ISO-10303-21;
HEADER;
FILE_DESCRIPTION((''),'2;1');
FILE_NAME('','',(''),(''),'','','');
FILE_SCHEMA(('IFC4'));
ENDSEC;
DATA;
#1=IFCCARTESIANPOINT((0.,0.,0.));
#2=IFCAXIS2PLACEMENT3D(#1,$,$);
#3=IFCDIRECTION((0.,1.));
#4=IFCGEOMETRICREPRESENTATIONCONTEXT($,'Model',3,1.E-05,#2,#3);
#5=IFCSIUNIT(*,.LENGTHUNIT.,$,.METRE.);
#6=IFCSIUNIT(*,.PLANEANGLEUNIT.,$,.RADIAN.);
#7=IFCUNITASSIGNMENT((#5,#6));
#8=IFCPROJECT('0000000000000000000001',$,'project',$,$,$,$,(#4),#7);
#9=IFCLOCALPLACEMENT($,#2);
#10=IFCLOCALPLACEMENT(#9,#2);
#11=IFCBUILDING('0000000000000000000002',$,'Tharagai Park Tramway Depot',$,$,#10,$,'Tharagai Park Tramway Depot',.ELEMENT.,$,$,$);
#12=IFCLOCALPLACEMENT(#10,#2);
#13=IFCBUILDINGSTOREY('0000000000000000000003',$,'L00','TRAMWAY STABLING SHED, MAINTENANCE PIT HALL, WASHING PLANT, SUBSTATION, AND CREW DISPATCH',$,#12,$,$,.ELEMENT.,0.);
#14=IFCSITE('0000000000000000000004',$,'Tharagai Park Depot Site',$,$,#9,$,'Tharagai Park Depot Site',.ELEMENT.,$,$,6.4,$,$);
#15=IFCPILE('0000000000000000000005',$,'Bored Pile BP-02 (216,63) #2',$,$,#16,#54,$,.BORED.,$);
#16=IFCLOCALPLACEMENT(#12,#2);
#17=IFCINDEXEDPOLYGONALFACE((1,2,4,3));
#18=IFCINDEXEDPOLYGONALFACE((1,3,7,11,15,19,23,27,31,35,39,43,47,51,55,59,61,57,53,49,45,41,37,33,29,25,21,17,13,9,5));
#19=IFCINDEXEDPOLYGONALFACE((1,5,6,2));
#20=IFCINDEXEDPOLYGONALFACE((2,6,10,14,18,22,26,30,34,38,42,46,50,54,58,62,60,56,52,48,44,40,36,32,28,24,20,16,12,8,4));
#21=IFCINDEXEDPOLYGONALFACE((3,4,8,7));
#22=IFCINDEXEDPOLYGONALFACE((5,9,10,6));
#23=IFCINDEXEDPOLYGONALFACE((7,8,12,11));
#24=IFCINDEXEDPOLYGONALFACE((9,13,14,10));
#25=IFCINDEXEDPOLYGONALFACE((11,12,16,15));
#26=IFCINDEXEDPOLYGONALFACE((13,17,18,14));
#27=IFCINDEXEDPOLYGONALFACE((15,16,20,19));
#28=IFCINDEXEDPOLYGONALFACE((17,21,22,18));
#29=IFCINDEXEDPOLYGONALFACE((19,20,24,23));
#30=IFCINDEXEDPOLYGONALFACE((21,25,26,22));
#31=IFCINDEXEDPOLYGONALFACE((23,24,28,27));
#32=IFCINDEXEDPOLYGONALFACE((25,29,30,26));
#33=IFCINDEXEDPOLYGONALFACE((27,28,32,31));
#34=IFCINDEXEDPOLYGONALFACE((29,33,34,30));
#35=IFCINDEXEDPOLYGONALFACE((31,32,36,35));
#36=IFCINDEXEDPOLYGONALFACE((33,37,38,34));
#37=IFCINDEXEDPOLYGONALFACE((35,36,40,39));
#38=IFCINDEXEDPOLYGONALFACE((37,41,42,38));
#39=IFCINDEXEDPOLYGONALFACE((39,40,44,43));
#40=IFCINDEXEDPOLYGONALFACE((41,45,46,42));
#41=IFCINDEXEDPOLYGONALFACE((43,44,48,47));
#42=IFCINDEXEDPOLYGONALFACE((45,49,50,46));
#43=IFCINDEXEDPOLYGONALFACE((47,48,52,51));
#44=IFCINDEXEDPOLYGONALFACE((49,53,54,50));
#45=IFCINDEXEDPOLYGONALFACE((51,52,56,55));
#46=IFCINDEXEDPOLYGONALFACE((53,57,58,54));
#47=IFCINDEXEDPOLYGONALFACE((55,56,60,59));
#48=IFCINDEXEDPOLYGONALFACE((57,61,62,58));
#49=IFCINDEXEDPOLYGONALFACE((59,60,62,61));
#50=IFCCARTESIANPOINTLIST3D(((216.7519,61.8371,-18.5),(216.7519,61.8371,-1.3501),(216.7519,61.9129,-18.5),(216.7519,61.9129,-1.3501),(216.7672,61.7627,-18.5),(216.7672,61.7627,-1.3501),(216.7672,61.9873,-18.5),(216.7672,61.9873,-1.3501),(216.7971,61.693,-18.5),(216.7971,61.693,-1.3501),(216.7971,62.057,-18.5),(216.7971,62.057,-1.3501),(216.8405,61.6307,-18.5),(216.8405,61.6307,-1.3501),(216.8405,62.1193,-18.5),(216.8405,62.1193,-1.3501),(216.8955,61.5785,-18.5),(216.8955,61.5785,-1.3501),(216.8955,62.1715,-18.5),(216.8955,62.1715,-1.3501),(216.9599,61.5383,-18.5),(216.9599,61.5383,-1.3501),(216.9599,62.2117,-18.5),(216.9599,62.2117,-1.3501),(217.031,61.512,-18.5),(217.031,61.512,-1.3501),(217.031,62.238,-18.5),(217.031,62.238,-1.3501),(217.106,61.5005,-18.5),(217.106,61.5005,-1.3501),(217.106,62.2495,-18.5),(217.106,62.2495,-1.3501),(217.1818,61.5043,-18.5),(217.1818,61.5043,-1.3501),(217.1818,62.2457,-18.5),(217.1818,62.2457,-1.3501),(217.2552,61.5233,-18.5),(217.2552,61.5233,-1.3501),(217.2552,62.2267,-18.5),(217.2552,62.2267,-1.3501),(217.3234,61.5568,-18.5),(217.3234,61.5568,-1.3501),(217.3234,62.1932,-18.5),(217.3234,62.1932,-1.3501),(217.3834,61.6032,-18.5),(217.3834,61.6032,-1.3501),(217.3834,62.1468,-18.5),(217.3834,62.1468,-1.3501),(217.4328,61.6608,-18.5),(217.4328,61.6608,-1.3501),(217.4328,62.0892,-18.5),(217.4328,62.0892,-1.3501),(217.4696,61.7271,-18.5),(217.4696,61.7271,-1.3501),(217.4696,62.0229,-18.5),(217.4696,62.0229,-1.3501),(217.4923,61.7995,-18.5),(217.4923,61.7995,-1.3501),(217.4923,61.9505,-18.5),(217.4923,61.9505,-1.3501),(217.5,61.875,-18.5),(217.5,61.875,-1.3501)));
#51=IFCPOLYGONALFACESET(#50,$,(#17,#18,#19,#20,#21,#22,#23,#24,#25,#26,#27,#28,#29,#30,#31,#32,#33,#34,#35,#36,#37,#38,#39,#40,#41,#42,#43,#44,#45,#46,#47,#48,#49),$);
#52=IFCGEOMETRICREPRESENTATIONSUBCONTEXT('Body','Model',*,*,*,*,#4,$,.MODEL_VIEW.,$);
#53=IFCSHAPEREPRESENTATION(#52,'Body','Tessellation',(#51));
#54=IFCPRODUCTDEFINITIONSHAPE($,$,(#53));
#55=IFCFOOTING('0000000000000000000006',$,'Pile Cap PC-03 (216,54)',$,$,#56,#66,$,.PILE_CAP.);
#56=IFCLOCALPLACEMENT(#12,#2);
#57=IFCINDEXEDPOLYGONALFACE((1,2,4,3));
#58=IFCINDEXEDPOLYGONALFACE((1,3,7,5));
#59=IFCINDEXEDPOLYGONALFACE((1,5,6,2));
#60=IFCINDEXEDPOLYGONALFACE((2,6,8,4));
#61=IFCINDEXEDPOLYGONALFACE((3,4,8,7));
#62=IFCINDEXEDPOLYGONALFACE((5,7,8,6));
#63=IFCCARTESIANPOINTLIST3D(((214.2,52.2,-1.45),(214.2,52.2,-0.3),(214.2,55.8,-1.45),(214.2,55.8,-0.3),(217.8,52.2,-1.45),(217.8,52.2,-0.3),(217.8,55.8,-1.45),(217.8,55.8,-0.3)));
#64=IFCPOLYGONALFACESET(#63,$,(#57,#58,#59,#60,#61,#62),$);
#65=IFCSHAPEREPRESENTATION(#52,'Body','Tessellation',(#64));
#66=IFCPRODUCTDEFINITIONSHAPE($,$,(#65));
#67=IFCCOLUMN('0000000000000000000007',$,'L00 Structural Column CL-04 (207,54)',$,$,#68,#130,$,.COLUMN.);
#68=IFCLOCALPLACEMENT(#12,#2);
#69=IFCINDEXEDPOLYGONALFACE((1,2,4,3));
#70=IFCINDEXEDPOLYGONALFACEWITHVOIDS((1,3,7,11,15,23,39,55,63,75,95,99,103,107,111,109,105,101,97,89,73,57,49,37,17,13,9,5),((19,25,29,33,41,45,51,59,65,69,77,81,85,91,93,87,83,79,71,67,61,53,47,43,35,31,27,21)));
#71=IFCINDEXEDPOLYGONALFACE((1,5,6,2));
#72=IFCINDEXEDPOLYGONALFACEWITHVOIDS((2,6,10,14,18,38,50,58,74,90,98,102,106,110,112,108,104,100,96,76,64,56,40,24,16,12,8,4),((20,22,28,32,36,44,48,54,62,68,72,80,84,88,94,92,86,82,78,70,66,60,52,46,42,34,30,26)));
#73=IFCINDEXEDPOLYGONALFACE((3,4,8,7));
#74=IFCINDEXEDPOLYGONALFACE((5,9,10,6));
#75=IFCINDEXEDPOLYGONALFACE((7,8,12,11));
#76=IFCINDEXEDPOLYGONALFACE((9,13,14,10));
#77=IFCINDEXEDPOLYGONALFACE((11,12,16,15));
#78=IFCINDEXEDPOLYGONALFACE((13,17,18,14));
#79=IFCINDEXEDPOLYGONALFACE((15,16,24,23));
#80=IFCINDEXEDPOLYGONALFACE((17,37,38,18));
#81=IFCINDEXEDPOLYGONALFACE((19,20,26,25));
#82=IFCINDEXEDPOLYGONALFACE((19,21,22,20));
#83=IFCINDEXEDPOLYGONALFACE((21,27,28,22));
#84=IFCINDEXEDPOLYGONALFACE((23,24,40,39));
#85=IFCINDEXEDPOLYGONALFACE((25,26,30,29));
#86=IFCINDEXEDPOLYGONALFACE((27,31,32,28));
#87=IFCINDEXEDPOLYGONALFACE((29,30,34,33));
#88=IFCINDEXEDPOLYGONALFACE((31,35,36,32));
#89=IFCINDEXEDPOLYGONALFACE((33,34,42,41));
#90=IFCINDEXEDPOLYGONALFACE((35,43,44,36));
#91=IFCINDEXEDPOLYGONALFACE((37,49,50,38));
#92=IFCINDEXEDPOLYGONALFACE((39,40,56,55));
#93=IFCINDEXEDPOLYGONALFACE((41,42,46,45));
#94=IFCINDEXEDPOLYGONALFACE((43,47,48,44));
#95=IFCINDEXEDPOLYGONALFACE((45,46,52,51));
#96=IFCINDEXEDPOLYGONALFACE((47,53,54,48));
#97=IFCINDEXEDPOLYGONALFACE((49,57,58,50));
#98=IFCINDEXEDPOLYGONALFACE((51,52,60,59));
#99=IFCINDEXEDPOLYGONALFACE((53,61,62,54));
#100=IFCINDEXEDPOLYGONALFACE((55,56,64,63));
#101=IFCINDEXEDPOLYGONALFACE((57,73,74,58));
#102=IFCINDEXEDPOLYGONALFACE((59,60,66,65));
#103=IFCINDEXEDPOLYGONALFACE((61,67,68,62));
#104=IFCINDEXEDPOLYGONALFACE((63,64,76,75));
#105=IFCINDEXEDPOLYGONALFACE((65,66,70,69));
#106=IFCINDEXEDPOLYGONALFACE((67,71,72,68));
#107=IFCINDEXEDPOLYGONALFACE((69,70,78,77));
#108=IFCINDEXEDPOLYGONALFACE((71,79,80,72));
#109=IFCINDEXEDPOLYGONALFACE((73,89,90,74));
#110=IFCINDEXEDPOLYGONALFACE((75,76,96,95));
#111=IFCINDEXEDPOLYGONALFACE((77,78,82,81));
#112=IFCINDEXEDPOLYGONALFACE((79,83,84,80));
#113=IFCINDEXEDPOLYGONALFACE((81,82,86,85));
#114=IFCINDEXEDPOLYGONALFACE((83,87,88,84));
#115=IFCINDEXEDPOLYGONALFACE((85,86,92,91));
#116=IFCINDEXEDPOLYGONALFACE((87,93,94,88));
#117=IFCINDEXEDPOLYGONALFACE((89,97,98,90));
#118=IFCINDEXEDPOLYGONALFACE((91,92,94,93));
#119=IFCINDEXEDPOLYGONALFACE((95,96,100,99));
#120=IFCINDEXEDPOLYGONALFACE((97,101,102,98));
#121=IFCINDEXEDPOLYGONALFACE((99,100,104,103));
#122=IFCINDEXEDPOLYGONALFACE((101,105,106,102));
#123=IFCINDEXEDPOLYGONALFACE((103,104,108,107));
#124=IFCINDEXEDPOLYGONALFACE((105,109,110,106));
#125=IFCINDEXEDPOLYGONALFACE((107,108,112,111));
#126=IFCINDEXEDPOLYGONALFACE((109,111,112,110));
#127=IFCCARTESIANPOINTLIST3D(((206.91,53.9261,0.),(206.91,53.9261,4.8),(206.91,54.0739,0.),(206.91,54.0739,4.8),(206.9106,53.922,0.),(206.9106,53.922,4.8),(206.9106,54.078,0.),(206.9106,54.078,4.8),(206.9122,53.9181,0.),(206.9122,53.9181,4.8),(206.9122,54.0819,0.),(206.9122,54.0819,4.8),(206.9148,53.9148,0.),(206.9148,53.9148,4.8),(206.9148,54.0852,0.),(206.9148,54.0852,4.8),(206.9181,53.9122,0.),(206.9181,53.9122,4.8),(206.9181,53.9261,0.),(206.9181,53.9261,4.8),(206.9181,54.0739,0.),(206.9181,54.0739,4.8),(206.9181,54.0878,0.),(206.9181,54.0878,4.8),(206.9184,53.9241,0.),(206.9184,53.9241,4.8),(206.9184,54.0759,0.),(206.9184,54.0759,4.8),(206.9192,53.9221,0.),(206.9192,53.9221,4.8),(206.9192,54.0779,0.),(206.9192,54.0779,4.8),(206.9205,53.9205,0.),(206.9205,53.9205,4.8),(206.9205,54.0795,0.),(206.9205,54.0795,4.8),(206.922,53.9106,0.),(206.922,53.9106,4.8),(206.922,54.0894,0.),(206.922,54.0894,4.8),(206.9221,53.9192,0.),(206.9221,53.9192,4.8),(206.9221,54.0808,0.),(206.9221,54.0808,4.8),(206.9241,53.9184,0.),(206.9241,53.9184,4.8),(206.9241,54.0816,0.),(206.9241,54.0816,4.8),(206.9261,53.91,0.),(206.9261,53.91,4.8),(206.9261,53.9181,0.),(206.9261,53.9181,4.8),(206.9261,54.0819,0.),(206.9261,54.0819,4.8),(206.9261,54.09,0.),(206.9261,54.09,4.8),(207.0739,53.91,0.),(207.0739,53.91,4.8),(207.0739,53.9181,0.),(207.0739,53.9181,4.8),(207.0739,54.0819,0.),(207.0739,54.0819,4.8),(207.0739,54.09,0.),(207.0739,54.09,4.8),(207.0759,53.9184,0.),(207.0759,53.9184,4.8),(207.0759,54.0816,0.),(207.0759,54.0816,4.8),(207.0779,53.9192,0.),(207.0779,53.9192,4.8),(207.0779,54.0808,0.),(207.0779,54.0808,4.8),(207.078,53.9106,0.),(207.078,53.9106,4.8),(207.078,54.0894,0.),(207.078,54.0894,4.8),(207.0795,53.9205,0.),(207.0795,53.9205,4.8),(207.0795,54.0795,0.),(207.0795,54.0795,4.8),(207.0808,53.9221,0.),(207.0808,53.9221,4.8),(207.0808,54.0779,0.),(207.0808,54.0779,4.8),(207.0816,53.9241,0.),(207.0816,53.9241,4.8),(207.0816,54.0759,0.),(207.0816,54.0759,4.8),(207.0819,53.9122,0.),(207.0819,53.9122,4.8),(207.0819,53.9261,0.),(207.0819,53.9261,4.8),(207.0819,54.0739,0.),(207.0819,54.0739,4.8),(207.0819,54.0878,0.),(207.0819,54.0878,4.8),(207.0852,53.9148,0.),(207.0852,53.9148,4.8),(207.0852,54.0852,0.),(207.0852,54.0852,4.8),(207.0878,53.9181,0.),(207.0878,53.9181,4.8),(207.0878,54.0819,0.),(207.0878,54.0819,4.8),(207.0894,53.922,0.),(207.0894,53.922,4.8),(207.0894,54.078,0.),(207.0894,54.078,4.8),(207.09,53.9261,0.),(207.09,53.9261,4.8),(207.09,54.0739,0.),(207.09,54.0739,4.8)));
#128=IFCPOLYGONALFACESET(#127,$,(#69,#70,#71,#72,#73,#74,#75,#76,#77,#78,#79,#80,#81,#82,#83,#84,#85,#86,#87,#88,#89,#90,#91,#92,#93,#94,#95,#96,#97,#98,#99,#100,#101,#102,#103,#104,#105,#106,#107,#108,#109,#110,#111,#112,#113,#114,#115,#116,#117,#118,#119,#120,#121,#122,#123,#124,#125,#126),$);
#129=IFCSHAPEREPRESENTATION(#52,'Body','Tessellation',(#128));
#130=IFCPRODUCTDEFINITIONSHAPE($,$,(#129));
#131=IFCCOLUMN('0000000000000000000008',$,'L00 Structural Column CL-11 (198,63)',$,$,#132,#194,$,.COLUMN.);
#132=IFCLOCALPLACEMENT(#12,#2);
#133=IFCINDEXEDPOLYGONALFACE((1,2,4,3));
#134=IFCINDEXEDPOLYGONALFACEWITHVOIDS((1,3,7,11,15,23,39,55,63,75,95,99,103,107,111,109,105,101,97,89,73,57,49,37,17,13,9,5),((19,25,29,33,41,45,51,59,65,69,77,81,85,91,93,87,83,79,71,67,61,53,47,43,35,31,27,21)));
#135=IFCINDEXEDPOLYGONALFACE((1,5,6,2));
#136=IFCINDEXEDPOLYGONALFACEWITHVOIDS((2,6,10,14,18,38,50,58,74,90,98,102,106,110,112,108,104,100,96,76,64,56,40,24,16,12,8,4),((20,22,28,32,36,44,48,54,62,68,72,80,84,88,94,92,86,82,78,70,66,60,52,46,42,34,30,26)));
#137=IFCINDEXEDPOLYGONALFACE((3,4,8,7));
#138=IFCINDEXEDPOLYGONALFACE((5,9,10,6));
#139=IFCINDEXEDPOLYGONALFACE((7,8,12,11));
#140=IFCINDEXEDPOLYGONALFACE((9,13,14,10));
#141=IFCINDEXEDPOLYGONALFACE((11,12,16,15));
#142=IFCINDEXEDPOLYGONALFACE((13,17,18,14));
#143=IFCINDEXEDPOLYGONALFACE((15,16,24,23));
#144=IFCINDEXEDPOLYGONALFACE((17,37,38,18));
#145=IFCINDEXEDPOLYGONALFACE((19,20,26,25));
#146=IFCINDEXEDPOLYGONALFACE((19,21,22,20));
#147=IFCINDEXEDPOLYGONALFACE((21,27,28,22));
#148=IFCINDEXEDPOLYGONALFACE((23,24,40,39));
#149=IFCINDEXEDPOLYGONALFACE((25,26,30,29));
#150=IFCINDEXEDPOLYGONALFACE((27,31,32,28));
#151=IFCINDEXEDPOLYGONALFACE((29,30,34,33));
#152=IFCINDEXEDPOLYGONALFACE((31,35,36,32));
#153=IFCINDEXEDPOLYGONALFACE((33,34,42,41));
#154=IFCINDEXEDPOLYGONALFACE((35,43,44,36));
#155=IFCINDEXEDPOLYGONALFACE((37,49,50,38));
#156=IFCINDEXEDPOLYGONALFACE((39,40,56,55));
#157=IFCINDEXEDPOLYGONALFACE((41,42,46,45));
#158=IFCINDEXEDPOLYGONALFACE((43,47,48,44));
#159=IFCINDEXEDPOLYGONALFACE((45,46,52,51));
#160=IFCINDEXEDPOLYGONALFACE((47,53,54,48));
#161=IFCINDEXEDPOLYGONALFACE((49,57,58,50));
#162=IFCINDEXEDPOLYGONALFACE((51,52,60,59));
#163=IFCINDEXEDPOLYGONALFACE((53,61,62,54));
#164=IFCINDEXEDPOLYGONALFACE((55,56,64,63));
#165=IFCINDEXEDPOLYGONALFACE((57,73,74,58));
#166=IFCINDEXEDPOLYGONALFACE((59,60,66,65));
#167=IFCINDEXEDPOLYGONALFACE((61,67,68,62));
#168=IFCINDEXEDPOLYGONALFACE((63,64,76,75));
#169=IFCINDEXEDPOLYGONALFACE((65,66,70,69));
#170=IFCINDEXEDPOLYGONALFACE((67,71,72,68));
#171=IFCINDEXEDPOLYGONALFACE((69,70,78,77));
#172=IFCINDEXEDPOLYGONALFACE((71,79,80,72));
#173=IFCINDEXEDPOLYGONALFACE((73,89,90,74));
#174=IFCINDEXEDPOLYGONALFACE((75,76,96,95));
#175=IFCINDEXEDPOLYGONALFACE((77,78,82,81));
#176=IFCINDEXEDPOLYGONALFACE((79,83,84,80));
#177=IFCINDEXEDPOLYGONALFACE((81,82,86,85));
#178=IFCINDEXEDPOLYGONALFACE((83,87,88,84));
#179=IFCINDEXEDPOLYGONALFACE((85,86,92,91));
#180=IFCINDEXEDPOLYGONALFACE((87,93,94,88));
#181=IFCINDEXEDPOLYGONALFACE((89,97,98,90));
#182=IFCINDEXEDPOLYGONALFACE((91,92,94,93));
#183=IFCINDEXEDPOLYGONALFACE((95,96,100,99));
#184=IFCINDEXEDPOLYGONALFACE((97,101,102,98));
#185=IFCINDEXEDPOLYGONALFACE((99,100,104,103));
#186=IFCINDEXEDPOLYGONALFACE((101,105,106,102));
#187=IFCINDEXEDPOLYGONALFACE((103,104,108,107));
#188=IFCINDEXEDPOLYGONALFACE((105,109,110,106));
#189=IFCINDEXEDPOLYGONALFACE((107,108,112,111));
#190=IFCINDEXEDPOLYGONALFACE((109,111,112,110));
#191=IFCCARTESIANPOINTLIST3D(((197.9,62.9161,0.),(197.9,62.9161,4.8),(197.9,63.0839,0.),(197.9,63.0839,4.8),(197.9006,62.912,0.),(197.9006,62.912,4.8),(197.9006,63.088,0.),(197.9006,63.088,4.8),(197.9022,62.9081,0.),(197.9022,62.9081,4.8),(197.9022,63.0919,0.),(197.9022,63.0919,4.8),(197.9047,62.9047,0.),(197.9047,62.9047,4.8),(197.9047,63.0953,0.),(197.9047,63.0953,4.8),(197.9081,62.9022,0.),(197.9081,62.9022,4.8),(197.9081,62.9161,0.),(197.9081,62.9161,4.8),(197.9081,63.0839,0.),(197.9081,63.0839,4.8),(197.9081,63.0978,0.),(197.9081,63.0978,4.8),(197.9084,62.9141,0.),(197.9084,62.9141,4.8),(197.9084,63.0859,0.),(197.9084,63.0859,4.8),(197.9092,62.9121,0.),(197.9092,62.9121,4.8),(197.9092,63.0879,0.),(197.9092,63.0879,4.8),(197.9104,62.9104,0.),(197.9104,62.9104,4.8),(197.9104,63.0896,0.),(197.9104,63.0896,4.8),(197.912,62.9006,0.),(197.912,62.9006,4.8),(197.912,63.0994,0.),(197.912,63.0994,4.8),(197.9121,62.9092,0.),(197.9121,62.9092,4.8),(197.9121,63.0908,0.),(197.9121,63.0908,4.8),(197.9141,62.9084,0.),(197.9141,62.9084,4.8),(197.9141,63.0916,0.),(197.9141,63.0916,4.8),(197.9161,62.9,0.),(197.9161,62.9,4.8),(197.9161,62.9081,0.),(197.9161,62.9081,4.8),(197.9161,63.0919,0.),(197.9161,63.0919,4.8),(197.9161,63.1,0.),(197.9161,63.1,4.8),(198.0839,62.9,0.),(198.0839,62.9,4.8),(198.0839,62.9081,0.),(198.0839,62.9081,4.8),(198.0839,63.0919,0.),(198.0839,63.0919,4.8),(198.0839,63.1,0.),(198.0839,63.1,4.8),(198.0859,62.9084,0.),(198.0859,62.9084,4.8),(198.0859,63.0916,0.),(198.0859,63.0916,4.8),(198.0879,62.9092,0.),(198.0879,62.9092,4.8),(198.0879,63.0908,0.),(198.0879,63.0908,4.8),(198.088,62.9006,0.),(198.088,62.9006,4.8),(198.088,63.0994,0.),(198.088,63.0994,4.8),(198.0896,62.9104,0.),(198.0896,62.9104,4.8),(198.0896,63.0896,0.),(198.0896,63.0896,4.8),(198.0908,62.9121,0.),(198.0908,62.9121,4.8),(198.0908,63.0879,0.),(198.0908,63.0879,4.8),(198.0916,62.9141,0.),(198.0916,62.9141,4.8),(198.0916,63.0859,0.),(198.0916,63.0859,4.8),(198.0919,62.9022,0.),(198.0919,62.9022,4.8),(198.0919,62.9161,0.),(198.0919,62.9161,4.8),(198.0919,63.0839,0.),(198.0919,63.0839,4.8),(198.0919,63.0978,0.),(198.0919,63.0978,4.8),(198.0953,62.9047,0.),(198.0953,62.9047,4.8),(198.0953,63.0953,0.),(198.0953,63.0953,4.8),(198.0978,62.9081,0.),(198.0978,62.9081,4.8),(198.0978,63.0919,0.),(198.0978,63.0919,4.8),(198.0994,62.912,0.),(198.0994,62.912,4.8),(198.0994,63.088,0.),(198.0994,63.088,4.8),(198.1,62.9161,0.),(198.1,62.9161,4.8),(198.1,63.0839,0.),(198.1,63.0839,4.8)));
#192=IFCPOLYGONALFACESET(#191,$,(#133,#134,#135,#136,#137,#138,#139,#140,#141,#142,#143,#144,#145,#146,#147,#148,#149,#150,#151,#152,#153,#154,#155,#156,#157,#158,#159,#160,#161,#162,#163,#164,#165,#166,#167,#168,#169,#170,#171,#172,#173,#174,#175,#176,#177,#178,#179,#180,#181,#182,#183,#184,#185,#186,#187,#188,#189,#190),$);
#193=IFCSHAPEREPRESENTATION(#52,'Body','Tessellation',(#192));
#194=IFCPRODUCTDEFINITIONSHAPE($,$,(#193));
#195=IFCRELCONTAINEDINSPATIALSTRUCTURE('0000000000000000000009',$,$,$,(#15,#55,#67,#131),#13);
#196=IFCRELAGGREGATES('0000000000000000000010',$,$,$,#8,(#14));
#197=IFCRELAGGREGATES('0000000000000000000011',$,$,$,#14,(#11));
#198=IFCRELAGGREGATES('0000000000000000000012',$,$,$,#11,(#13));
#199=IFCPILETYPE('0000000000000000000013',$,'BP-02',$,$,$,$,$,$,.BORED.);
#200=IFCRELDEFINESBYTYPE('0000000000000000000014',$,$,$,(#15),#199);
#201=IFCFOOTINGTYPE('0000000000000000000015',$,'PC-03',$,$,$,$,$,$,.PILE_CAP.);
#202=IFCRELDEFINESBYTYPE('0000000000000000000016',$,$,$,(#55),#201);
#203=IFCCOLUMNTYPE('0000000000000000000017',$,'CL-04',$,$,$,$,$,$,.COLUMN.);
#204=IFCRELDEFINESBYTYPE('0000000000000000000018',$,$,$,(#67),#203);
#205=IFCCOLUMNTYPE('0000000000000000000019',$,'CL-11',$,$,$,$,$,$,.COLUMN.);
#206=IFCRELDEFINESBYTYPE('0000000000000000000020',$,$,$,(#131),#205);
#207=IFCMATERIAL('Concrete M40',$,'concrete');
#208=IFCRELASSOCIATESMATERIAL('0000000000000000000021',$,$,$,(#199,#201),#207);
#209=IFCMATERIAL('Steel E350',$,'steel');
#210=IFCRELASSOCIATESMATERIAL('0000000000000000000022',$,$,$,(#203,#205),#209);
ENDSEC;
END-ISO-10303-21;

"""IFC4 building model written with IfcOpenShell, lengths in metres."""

from ifc_helpers import new_model, si_unit, direction, frame, origin, origin_2d, place, context, subcontext, project, spatial, rectangle, hollow_rectangle, circle, extrude, material, material_profile, profile_set, type_object, element, save


model = new_model("IFC4")

# Units and contexts
model_context = context("Model", 3, precision=1e-05, world=origin(), true_north=direction((0.0, 1.0)))
body_context = subcontext(model_context, "Body", "Model", "MODEL_VIEW")
ifc_project = project(units=[si_unit("LENGTHUNIT", "METRE"), si_unit("PLANEANGLEUNIT", "RADIAN")], contexts=[model_context])

# Site, building, storey
site_placement = place(None, origin())
site = spatial("IfcSite", under=ifc_project, at=site_placement, Name="Tharagai Park Depot Site", LongName="Tharagai Park Depot Site", CompositionType="ELEMENT", RefElevation=6.4)
building_placement = place(site_placement, origin())
building = spatial("IfcBuilding", under=site, at=building_placement, Name="Tharagai Park Tramway Depot", LongName="Tharagai Park Tramway Depot", CompositionType="ELEMENT")
storey_placement = place(building_placement, origin())
storey = spatial("IfcBuildingStorey", under=building, at=storey_placement, Name="L00", Description="TRAMWAY STABLING SHED, MAINTENANCE PIT HALL, WASHING PLANT, SUBSTATION, AND CREW DISPATCH", CompositionType="ELEMENT", Elevation=0.0)

# Pile
ifc_material_1 = material(Name="Concrete M40", Category="concrete")
ifc_material_profile_1 = material_profile(ifc_material_1, circle(Radius=0.375, at=origin_2d()), Name="PILE D750")
ifc_profile_set_1 = profile_set([ifc_material_profile_1], Name="Concrete M40")
pile_type = type_object("IfcPileType", Name="BP-02", PredefinedType="BORED", material=ifc_profile_set_1)
for number, where, z_axis, x_axis, name in (
    (1, (217.125, 61.875, -1.3501), (0.0, 0.0, -1.0), (1.0, 0.0, 0.0), "Bored Pile BP-02 (216,63) #2"),
):
    element("IfcPile", number, at=place(storey_placement, frame(where, z_axis=z_axis, x_axis=x_axis)), inside=storey, type_object=pile_type, Name=name, PredefinedType="BORED", context=body_context, shape_type="SweptSolid", body=[
        extrude(circle(Radius=0.375, at=origin_2d()), origin(), (0.0, 0.0, 1.0), 17.1499),
    ])

# Footing
footing_type = type_object("IfcFootingType", Name="PC-03", PredefinedType="PILE_CAP", material=ifc_material_1)
footing_placement = place(storey_placement, frame((216.0, 54.0, -1.45), z_axis=(0.0, 0.0, 1.0), x_axis=(1.0, 0.0, 0.0)))
element("IfcFooting", 2, at=footing_placement, inside=storey, type_object=footing_type, Name="Pile Cap PC-03 (216,54)", PredefinedType="PILE_CAP", context=body_context, shape_type="SweptSolid", body=[
    extrude(rectangle(XDim=3.6001, YDim=3.6001, at=origin_2d()), origin(), (0.0, 0.0, 1.0), 1.1499),
])

# Columns
ifc_material_2 = material(Name="Steel E350", Category="steel")
ifc_material_profile_2 = material_profile(ifc_material_2, hollow_rectangle(XDim=0.1799, YDim=0.1799, WallThickness=0.0081, InnerFilletRadius=0.0081, OuterFilletRadius=0.0161, at=origin_2d()), Name="SHS 180x180x8")
ifc_profile_set_2 = profile_set([ifc_material_profile_2], Name="Steel E350")
column_type_1 = type_object("IfcColumnType", Name="CL-04", PredefinedType="COLUMN", material=ifc_profile_set_2)
column_1_placement = place(storey_placement, frame((207.0, 54.0, 0.0), z_axis=(0.0, 0.0, 1.0), x_axis=(1.0, 0.0, 0.0)))
element("IfcColumn", 3, at=column_1_placement, inside=storey, type_object=column_type_1, Name="L00 Structural Column CL-04 (207,54)", PredefinedType="COLUMN", context=body_context, shape_type="SweptSolid", body=[
    extrude(hollow_rectangle(XDim=0.1799, YDim=0.1799, WallThickness=0.0081, InnerFilletRadius=0.0081, OuterFilletRadius=0.0161, at=origin_2d()), origin(), (0.0, 0.0, 1.0), 4.8),
])
ifc_material_profile_3 = material_profile(ifc_material_2, hollow_rectangle(XDim=0.2, YDim=0.2, WallThickness=0.0081, InnerFilletRadius=0.0081, OuterFilletRadius=0.0161, at=origin_2d()), Name="SHS 200x200x8")
ifc_profile_set_3 = profile_set([ifc_material_profile_3], Name="Steel E350")
column_type_2 = type_object("IfcColumnType", Name="CL-11", PredefinedType="COLUMN", material=ifc_profile_set_3)
column_2_placement = place(storey_placement, frame((198.0, 63.0, 0.0), z_axis=(0.0, 0.0, 1.0), x_axis=(1.0, 0.0, 0.0)))
element("IfcColumn", 4, at=column_2_placement, inside=storey, type_object=column_type_2, Name="L00 Structural Column CL-11 (198,63)", PredefinedType="COLUMN", context=body_context, shape_type="SweptSolid", body=[
    extrude(hollow_rectangle(XDim=0.2, YDim=0.2, WallThickness=0.0081, InnerFilletRadius=0.0081, OuterFilletRadius=0.0161, at=origin_2d()), origin(), (0.0, 0.0, 1.0), 4.8),
])

save(model, "model.ifc")
